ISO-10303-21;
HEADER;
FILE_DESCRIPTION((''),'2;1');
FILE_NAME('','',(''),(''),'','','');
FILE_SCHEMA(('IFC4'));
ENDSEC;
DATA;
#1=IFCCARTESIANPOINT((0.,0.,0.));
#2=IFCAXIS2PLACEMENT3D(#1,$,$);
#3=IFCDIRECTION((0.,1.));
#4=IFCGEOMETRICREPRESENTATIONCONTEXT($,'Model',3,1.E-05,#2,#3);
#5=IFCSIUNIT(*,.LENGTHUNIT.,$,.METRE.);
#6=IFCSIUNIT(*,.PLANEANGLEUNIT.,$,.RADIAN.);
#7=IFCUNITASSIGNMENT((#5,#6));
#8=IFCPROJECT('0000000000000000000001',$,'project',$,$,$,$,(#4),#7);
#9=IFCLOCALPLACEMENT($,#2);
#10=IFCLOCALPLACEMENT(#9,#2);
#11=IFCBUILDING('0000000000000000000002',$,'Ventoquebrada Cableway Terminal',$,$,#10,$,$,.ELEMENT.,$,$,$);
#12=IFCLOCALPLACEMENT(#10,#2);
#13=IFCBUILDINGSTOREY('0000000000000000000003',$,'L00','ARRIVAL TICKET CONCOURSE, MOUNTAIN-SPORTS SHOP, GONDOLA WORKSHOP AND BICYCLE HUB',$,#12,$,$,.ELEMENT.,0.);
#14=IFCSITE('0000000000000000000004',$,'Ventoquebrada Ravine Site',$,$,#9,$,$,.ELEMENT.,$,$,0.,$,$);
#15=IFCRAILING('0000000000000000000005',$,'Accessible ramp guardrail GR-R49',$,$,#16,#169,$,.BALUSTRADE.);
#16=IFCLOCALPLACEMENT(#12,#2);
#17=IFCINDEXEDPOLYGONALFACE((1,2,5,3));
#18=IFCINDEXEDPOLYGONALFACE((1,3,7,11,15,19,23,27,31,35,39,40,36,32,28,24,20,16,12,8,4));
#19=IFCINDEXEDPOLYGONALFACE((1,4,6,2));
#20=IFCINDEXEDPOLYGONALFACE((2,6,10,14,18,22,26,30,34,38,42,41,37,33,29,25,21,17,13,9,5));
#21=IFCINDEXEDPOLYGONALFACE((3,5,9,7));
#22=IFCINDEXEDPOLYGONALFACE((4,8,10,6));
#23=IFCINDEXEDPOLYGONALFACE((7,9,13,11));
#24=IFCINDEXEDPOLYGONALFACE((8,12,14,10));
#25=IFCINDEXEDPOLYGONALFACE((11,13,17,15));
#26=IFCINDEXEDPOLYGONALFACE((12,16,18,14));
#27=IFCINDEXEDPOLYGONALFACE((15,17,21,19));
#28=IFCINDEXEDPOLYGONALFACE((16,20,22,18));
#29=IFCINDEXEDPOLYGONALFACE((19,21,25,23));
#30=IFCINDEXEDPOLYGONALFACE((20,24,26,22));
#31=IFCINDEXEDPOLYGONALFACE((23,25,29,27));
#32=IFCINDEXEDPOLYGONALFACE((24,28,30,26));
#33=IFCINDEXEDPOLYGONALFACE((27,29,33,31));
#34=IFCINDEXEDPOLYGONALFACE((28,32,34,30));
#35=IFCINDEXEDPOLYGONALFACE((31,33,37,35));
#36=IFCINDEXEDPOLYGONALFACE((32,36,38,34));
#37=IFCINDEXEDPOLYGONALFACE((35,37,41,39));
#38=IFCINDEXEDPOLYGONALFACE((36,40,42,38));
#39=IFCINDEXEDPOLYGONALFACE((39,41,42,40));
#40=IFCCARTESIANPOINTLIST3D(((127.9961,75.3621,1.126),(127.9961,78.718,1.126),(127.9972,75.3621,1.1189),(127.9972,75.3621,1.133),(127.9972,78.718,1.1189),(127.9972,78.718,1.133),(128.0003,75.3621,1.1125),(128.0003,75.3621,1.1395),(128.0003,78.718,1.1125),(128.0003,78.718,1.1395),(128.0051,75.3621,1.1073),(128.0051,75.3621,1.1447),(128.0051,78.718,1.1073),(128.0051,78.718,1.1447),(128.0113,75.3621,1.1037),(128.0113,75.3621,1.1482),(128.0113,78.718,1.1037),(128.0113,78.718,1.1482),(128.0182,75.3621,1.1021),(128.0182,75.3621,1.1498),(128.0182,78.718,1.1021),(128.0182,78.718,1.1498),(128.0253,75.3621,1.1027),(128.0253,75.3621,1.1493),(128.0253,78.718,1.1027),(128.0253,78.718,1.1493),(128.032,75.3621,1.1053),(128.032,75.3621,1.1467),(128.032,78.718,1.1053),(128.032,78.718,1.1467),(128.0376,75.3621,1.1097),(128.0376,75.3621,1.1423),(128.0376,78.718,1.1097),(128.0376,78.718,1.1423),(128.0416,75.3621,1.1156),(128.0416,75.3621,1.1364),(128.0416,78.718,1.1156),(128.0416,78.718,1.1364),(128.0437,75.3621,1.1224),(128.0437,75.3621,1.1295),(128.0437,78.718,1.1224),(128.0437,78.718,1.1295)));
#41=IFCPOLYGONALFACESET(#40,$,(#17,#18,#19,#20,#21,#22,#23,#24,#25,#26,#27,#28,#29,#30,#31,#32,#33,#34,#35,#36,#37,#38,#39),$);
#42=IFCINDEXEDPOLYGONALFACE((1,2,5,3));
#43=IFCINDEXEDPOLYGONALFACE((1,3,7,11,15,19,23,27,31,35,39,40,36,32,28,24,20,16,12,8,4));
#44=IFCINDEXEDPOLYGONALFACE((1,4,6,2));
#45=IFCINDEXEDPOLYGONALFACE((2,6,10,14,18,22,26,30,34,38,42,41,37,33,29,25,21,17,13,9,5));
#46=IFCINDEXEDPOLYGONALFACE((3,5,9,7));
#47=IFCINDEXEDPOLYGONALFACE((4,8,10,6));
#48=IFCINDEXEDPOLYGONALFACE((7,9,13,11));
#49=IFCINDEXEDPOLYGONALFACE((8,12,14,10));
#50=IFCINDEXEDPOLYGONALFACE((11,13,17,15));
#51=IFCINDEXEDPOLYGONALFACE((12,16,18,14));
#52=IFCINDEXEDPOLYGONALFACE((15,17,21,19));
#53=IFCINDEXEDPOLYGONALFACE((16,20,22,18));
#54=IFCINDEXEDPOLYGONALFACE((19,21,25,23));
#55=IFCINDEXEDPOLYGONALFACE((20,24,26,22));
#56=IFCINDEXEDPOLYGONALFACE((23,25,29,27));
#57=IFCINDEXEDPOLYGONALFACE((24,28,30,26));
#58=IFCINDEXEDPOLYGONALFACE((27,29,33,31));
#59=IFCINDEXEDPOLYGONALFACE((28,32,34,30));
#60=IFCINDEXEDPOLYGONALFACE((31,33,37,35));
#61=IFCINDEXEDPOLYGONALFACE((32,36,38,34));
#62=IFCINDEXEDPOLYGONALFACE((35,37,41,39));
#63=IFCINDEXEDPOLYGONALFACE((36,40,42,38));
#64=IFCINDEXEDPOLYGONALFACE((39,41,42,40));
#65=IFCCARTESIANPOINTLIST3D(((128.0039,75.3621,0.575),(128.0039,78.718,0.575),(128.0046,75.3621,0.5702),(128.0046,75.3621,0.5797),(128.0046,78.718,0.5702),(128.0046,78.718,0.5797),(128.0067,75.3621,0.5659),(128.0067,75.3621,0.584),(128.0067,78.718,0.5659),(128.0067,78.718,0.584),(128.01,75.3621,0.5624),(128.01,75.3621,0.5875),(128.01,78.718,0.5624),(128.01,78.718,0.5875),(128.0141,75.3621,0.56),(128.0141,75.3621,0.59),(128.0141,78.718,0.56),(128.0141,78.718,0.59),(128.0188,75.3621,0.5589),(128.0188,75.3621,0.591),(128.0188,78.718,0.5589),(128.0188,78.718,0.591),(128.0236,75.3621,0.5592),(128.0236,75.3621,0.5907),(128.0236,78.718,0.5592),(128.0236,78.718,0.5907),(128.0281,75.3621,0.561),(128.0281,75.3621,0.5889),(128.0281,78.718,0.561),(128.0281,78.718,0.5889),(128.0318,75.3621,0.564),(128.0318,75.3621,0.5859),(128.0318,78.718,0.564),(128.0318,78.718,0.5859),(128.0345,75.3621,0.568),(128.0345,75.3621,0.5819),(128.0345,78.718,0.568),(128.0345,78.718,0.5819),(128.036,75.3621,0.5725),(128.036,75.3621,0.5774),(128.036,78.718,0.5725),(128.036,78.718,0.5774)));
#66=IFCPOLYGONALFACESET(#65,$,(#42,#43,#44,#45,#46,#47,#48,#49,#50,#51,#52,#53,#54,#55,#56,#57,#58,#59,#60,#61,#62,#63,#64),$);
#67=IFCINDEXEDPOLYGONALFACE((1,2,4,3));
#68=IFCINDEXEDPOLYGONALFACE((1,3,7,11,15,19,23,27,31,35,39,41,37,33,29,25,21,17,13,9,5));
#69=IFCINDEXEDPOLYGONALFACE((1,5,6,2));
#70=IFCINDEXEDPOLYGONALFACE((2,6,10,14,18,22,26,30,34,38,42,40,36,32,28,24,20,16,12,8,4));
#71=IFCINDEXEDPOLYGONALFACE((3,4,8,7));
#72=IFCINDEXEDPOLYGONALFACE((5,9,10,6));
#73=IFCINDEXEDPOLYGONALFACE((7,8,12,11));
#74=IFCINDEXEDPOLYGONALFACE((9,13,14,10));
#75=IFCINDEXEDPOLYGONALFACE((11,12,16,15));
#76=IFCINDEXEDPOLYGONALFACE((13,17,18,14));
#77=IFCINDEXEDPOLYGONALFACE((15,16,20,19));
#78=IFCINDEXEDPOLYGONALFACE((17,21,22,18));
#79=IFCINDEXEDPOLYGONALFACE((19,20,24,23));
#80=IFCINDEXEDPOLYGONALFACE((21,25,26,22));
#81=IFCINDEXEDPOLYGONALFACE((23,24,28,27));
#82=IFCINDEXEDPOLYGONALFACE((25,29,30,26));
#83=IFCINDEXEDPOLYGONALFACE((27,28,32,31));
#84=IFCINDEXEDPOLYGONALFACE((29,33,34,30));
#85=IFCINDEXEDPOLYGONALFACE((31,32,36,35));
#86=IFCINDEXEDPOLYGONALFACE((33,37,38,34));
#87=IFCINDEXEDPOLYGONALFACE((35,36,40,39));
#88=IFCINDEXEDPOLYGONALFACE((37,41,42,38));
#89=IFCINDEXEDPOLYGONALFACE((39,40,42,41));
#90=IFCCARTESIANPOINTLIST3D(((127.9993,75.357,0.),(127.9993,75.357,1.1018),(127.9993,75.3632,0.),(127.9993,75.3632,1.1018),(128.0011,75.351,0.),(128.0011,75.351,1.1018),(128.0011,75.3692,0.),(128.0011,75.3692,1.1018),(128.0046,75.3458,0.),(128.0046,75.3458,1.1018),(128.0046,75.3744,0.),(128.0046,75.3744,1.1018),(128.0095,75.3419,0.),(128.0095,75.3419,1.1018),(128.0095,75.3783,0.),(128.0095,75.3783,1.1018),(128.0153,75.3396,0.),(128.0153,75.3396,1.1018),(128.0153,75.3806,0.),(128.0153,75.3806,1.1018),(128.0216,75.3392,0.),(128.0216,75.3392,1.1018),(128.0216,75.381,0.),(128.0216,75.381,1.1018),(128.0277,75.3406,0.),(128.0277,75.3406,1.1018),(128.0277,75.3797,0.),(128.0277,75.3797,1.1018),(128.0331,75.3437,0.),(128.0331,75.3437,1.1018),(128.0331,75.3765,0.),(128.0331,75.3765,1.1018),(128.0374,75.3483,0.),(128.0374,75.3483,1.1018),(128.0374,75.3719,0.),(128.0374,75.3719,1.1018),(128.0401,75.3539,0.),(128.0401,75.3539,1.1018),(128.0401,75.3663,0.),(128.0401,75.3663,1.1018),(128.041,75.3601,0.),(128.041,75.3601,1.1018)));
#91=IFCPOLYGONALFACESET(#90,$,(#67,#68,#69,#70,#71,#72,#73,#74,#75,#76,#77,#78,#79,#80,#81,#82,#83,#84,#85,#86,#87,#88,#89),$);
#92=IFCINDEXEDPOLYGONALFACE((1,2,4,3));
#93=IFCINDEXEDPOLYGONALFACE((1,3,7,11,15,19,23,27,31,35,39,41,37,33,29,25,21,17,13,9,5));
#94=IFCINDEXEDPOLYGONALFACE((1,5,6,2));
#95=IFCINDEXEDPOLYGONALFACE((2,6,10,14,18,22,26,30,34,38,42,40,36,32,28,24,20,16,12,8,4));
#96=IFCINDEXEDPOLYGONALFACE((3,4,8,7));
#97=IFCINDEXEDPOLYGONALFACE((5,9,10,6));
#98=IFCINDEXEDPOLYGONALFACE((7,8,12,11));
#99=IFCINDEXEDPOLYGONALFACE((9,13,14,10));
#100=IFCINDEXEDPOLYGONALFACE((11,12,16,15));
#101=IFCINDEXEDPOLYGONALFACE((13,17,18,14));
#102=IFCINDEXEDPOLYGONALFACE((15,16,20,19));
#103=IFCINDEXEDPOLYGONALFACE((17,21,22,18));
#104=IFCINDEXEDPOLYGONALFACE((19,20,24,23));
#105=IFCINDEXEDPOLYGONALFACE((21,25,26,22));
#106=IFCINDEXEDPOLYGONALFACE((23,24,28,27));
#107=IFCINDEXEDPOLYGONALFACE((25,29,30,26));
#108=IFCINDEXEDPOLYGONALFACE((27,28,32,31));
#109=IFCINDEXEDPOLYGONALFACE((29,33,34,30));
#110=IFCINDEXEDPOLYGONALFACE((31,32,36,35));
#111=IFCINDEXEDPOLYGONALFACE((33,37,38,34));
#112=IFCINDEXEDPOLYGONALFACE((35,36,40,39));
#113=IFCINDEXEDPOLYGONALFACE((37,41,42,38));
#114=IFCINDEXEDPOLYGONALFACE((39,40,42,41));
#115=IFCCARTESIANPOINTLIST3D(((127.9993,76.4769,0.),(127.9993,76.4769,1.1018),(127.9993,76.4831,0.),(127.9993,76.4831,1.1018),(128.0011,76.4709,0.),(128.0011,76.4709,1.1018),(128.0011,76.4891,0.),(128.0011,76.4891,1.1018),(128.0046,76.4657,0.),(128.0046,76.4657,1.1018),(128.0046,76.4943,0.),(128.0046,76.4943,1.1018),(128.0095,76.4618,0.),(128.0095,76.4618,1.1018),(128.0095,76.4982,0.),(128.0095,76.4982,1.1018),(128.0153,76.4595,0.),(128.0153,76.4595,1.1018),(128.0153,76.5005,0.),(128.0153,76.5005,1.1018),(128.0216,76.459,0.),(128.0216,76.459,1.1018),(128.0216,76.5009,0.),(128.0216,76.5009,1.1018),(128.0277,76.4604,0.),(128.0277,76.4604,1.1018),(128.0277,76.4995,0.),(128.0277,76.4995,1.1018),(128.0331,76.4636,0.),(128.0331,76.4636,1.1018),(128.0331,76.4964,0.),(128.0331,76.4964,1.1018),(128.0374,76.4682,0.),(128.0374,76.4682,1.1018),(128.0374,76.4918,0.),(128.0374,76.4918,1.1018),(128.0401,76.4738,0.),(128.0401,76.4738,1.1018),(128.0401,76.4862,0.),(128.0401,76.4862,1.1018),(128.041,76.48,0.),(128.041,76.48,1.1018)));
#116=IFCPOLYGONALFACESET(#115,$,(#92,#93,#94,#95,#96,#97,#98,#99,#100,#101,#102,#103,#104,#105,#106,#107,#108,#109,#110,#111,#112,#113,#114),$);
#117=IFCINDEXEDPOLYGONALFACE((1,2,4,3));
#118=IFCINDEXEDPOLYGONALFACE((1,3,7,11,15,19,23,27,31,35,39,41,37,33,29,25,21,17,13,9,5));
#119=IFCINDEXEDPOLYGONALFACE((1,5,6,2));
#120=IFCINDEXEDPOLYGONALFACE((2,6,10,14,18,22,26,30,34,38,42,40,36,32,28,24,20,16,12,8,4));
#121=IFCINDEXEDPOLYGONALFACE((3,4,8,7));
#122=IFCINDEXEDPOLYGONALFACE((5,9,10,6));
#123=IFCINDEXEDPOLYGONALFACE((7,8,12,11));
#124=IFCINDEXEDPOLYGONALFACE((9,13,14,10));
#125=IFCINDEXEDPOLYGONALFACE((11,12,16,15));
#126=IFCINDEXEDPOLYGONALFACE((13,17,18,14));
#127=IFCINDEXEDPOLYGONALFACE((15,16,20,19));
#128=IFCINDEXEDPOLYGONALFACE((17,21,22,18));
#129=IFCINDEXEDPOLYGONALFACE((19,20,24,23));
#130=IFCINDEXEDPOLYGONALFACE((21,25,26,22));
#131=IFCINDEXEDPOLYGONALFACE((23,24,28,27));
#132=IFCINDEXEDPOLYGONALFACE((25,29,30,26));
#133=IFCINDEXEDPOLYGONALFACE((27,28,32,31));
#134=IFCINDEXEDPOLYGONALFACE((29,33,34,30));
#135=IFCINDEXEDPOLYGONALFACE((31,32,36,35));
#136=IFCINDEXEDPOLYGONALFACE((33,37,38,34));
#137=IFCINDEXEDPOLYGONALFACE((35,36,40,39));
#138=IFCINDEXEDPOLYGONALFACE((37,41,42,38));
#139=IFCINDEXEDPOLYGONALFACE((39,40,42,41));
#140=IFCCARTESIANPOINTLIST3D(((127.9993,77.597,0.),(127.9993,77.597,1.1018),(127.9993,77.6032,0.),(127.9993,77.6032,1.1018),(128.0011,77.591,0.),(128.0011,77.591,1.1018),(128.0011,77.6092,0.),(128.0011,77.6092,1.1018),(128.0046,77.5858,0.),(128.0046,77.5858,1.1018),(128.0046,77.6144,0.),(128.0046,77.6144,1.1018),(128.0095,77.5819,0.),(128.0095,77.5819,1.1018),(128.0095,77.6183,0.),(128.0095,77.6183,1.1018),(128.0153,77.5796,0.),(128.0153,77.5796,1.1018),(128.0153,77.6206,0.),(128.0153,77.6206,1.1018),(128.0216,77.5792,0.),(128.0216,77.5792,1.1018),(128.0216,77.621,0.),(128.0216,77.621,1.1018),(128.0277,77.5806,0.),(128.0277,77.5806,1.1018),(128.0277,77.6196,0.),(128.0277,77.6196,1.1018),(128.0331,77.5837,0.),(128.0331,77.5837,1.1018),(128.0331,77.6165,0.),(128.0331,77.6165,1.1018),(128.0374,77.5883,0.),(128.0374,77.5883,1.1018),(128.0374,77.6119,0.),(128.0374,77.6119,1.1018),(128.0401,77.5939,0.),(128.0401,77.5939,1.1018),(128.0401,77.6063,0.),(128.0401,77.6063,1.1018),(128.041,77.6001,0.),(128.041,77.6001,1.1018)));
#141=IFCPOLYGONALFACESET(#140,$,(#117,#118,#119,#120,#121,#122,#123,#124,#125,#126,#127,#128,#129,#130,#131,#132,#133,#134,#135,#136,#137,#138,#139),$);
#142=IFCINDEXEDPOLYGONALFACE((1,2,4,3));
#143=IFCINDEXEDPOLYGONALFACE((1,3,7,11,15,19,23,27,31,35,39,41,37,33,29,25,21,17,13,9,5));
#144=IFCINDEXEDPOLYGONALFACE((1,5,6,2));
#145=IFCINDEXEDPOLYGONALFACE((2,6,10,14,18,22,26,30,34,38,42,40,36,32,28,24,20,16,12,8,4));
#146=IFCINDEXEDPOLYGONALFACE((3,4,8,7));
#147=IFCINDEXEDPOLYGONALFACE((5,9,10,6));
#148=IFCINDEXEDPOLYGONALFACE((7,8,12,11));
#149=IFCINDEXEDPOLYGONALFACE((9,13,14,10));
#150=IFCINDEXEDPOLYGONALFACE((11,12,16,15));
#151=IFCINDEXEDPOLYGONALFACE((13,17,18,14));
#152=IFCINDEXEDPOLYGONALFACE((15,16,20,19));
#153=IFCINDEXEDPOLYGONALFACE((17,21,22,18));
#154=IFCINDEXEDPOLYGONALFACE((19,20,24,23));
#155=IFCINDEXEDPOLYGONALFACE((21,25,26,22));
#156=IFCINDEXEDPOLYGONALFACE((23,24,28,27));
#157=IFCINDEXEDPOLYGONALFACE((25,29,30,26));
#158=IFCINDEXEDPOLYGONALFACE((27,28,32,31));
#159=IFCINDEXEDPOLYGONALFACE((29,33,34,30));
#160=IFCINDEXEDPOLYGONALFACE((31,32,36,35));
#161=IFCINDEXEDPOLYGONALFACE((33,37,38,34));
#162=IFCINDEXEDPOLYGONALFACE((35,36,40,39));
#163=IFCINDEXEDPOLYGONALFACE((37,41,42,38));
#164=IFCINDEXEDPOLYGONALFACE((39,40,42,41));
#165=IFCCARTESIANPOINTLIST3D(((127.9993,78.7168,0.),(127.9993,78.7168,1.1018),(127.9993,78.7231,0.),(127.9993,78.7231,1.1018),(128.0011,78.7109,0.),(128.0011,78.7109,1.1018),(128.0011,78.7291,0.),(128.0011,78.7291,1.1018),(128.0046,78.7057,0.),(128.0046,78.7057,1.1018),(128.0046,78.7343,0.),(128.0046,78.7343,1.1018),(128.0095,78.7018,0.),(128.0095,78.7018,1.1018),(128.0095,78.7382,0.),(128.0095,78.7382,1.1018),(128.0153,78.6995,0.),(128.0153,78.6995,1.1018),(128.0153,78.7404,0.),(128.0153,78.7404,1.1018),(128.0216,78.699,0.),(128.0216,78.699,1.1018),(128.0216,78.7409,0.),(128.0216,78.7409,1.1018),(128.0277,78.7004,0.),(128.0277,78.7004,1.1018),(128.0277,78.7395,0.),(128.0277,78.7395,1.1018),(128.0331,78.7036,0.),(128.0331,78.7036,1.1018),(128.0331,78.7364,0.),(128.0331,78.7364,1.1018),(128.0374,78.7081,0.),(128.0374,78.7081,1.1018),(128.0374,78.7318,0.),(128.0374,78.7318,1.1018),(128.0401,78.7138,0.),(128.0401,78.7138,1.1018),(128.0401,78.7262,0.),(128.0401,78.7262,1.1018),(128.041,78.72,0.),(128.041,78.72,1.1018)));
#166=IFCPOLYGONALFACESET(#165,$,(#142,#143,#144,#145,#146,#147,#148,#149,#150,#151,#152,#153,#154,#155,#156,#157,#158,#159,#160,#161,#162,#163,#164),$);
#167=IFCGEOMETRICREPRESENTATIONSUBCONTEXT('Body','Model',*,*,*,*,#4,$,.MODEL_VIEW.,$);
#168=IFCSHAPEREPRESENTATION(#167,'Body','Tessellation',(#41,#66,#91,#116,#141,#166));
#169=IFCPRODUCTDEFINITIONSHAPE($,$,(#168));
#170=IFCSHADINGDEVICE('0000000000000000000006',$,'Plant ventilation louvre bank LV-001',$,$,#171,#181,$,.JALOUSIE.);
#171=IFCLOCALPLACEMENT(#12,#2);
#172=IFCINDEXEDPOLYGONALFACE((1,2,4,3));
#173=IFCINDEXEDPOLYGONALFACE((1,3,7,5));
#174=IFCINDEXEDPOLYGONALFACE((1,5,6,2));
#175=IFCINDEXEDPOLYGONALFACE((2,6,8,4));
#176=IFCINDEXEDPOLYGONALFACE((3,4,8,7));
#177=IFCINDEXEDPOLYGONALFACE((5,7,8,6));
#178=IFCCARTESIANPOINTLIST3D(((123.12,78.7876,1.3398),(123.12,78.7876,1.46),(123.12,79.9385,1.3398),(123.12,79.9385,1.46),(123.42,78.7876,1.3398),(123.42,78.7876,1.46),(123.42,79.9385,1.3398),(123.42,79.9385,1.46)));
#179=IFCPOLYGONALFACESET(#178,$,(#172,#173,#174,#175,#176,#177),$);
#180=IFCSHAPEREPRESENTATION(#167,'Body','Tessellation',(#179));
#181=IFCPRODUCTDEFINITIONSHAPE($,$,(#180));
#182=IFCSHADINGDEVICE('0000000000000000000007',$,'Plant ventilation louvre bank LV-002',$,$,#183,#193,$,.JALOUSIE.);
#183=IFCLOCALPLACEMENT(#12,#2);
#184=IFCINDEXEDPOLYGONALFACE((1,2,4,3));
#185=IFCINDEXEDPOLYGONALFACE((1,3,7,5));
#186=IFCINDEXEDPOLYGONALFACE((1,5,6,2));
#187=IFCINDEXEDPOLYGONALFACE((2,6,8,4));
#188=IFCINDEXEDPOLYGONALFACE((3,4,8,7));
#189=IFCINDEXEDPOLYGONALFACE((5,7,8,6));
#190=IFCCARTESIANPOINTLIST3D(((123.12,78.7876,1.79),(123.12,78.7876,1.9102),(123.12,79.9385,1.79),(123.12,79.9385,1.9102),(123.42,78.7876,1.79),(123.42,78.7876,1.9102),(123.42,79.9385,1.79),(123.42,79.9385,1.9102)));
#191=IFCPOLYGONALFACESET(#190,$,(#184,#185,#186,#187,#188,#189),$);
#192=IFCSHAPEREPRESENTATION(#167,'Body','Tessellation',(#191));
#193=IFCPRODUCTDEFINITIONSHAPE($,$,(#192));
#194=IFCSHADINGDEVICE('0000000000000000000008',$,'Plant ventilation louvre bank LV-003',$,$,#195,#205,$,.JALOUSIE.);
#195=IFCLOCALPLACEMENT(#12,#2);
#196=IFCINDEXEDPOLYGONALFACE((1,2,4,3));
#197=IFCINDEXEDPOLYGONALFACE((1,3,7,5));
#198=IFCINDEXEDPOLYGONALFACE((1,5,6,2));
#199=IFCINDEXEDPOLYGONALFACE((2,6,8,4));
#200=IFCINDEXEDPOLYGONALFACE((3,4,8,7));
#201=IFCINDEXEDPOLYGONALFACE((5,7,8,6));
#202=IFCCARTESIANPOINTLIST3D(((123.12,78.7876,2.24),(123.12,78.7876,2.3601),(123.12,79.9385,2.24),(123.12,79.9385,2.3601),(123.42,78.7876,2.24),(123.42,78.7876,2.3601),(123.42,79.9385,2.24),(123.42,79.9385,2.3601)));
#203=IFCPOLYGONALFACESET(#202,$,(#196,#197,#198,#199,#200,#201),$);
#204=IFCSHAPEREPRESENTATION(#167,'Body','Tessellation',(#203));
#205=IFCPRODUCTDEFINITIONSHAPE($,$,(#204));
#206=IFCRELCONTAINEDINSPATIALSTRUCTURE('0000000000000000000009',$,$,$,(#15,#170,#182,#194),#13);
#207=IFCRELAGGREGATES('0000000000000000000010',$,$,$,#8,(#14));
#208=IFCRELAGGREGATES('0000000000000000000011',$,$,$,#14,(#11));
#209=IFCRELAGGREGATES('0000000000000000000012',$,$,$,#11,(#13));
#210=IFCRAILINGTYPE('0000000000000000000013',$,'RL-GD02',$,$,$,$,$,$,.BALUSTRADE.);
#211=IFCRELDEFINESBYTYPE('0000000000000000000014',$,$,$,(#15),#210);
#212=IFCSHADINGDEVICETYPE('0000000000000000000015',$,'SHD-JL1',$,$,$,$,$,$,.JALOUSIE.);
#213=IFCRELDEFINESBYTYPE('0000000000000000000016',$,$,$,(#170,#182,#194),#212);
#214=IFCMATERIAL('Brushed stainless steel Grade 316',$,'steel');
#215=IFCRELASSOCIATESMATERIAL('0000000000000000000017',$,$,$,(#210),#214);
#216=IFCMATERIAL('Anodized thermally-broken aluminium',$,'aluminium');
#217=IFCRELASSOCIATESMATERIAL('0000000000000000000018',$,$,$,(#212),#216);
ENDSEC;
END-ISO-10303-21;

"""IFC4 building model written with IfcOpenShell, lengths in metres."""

from ifc_helpers import new_model, si_unit, direction, frame, origin, origin_2d, place, context, subcontext, project, spatial, rectangle, circle, extrude, material, type_object, element, save


model = new_model("IFC4")

# Units and contexts
model_context = context("Model", 3, precision=1e-05, world=origin(), true_north=direction((0.0, 1.0)))
body_context = subcontext(model_context, "Body", "Model", "MODEL_VIEW")
ifc_project = project(units=[si_unit("LENGTHUNIT", "METRE"), si_unit("PLANEANGLEUNIT", "RADIAN")], contexts=[model_context])

# Site, building, storey
site_placement = place(None, origin())
site = spatial("IfcSite", under=ifc_project, at=site_placement, Name="Ventoquebrada Ravine Site", CompositionType="ELEMENT", RefElevation=0.0)
building_placement = place(site_placement, origin())
building = spatial("IfcBuilding", under=site, at=building_placement, Name="Ventoquebrada Cableway Terminal", CompositionType="ELEMENT")
storey_placement = place(building_placement, origin())
storey = spatial("IfcBuildingStorey", under=building, at=storey_placement, Name="L00", Description="ARRIVAL TICKET CONCOURSE, MOUNTAIN-SPORTS SHOP, GONDOLA WORKSHOP AND BICYCLE HUB", CompositionType="ELEMENT", Elevation=0.0)

# Railing
ifc_material_1 = material(Name="Brushed stainless steel Grade 316", Category="steel")
railing_type = type_object("IfcRailingType", Name="RL-GD02", PredefinedType="BALUSTRADE", material=ifc_material_1)
for number, where, name in (
    (1, (128.02, 75.3601, 0.0), "Accessible ramp guardrail GR-R49"),
):
    element("IfcRailing", number, at=place(storey_placement, frame(where)), inside=storey, type_object=railing_type, Name=name, PredefinedType="BALUSTRADE", context=body_context, shape_type="SweptSolid", body=[
        extrude(circle(Radius=0.0239, at=origin_2d()), frame((0.0, 0.002, 1.126), z_axis=(0.0, 1.0, 0.0), x_axis=(-1.0, 0.0, 0.0)), (0.0, 0.0, 1.0), 3.356),
        extrude(circle(Radius=0.0161, at=origin_2d()), frame((0.0, 0.002, 0.575), z_axis=(0.0, 1.0, 0.0), x_axis=(-1.0, 0.0, 0.0)), (0.0, 0.0, 1.0), 3.356),
        extrude(circle(Radius=0.021, at=origin_2d()), origin(), (0.0, 0.0, 1.0), 1.1018),
        extrude(circle(Radius=0.021, at=origin_2d()), frame((0.0, 1.1199, 0.0)), (0.0, 0.0, 1.0), 1.1018),
        extrude(circle(Radius=0.021, at=origin_2d()), frame((0.0, 2.24, 0.0)), (0.0, 0.0, 1.0), 1.1018),
        extrude(circle(Radius=0.021, at=origin_2d()), frame((0.0, 3.3599, 0.0)), (0.0, 0.0, 1.0), 1.1018),
    ])

# Shading devices
ifc_material_2 = material(Name="Anodized thermally-broken aluminium", Category="aluminium")
shading_device_type = type_object("IfcShadingDeviceType", Name="SHD-JL1", PredefinedType="JALOUSIE", material=ifc_material_2)
for number, where, z_axis, x_axis, name in (
    (2, (123.27, 79.363, 1.3398), (0.0, 0.0, 1.0), (0.0, 1.0, 0.0), "Plant ventilation louvre bank LV-001"),
    (3, (123.27, 79.363, 1.79), (0.0, 0.0, 1.0), (0.0, 1.0, 0.0), "Plant ventilation louvre bank LV-002"),
    (4, (123.27, 79.363, 2.24), (0.0, 0.0, 1.0), (0.0, 1.0, 0.0), "Plant ventilation louvre bank LV-003"),
):
    element("IfcShadingDevice", number, at=place(storey_placement, frame(where, z_axis=z_axis, x_axis=x_axis)), inside=storey, type_object=shading_device_type, Name=name, PredefinedType="JALOUSIE", context=body_context, shape_type="SweptSolid", body=[
        extrude(rectangle(XDim=1.1509, YDim=0.3, at=origin_2d()), origin(), (0.0, 0.0, 1.0), 0.1201),
    ])

save(model, "model.ifc")
